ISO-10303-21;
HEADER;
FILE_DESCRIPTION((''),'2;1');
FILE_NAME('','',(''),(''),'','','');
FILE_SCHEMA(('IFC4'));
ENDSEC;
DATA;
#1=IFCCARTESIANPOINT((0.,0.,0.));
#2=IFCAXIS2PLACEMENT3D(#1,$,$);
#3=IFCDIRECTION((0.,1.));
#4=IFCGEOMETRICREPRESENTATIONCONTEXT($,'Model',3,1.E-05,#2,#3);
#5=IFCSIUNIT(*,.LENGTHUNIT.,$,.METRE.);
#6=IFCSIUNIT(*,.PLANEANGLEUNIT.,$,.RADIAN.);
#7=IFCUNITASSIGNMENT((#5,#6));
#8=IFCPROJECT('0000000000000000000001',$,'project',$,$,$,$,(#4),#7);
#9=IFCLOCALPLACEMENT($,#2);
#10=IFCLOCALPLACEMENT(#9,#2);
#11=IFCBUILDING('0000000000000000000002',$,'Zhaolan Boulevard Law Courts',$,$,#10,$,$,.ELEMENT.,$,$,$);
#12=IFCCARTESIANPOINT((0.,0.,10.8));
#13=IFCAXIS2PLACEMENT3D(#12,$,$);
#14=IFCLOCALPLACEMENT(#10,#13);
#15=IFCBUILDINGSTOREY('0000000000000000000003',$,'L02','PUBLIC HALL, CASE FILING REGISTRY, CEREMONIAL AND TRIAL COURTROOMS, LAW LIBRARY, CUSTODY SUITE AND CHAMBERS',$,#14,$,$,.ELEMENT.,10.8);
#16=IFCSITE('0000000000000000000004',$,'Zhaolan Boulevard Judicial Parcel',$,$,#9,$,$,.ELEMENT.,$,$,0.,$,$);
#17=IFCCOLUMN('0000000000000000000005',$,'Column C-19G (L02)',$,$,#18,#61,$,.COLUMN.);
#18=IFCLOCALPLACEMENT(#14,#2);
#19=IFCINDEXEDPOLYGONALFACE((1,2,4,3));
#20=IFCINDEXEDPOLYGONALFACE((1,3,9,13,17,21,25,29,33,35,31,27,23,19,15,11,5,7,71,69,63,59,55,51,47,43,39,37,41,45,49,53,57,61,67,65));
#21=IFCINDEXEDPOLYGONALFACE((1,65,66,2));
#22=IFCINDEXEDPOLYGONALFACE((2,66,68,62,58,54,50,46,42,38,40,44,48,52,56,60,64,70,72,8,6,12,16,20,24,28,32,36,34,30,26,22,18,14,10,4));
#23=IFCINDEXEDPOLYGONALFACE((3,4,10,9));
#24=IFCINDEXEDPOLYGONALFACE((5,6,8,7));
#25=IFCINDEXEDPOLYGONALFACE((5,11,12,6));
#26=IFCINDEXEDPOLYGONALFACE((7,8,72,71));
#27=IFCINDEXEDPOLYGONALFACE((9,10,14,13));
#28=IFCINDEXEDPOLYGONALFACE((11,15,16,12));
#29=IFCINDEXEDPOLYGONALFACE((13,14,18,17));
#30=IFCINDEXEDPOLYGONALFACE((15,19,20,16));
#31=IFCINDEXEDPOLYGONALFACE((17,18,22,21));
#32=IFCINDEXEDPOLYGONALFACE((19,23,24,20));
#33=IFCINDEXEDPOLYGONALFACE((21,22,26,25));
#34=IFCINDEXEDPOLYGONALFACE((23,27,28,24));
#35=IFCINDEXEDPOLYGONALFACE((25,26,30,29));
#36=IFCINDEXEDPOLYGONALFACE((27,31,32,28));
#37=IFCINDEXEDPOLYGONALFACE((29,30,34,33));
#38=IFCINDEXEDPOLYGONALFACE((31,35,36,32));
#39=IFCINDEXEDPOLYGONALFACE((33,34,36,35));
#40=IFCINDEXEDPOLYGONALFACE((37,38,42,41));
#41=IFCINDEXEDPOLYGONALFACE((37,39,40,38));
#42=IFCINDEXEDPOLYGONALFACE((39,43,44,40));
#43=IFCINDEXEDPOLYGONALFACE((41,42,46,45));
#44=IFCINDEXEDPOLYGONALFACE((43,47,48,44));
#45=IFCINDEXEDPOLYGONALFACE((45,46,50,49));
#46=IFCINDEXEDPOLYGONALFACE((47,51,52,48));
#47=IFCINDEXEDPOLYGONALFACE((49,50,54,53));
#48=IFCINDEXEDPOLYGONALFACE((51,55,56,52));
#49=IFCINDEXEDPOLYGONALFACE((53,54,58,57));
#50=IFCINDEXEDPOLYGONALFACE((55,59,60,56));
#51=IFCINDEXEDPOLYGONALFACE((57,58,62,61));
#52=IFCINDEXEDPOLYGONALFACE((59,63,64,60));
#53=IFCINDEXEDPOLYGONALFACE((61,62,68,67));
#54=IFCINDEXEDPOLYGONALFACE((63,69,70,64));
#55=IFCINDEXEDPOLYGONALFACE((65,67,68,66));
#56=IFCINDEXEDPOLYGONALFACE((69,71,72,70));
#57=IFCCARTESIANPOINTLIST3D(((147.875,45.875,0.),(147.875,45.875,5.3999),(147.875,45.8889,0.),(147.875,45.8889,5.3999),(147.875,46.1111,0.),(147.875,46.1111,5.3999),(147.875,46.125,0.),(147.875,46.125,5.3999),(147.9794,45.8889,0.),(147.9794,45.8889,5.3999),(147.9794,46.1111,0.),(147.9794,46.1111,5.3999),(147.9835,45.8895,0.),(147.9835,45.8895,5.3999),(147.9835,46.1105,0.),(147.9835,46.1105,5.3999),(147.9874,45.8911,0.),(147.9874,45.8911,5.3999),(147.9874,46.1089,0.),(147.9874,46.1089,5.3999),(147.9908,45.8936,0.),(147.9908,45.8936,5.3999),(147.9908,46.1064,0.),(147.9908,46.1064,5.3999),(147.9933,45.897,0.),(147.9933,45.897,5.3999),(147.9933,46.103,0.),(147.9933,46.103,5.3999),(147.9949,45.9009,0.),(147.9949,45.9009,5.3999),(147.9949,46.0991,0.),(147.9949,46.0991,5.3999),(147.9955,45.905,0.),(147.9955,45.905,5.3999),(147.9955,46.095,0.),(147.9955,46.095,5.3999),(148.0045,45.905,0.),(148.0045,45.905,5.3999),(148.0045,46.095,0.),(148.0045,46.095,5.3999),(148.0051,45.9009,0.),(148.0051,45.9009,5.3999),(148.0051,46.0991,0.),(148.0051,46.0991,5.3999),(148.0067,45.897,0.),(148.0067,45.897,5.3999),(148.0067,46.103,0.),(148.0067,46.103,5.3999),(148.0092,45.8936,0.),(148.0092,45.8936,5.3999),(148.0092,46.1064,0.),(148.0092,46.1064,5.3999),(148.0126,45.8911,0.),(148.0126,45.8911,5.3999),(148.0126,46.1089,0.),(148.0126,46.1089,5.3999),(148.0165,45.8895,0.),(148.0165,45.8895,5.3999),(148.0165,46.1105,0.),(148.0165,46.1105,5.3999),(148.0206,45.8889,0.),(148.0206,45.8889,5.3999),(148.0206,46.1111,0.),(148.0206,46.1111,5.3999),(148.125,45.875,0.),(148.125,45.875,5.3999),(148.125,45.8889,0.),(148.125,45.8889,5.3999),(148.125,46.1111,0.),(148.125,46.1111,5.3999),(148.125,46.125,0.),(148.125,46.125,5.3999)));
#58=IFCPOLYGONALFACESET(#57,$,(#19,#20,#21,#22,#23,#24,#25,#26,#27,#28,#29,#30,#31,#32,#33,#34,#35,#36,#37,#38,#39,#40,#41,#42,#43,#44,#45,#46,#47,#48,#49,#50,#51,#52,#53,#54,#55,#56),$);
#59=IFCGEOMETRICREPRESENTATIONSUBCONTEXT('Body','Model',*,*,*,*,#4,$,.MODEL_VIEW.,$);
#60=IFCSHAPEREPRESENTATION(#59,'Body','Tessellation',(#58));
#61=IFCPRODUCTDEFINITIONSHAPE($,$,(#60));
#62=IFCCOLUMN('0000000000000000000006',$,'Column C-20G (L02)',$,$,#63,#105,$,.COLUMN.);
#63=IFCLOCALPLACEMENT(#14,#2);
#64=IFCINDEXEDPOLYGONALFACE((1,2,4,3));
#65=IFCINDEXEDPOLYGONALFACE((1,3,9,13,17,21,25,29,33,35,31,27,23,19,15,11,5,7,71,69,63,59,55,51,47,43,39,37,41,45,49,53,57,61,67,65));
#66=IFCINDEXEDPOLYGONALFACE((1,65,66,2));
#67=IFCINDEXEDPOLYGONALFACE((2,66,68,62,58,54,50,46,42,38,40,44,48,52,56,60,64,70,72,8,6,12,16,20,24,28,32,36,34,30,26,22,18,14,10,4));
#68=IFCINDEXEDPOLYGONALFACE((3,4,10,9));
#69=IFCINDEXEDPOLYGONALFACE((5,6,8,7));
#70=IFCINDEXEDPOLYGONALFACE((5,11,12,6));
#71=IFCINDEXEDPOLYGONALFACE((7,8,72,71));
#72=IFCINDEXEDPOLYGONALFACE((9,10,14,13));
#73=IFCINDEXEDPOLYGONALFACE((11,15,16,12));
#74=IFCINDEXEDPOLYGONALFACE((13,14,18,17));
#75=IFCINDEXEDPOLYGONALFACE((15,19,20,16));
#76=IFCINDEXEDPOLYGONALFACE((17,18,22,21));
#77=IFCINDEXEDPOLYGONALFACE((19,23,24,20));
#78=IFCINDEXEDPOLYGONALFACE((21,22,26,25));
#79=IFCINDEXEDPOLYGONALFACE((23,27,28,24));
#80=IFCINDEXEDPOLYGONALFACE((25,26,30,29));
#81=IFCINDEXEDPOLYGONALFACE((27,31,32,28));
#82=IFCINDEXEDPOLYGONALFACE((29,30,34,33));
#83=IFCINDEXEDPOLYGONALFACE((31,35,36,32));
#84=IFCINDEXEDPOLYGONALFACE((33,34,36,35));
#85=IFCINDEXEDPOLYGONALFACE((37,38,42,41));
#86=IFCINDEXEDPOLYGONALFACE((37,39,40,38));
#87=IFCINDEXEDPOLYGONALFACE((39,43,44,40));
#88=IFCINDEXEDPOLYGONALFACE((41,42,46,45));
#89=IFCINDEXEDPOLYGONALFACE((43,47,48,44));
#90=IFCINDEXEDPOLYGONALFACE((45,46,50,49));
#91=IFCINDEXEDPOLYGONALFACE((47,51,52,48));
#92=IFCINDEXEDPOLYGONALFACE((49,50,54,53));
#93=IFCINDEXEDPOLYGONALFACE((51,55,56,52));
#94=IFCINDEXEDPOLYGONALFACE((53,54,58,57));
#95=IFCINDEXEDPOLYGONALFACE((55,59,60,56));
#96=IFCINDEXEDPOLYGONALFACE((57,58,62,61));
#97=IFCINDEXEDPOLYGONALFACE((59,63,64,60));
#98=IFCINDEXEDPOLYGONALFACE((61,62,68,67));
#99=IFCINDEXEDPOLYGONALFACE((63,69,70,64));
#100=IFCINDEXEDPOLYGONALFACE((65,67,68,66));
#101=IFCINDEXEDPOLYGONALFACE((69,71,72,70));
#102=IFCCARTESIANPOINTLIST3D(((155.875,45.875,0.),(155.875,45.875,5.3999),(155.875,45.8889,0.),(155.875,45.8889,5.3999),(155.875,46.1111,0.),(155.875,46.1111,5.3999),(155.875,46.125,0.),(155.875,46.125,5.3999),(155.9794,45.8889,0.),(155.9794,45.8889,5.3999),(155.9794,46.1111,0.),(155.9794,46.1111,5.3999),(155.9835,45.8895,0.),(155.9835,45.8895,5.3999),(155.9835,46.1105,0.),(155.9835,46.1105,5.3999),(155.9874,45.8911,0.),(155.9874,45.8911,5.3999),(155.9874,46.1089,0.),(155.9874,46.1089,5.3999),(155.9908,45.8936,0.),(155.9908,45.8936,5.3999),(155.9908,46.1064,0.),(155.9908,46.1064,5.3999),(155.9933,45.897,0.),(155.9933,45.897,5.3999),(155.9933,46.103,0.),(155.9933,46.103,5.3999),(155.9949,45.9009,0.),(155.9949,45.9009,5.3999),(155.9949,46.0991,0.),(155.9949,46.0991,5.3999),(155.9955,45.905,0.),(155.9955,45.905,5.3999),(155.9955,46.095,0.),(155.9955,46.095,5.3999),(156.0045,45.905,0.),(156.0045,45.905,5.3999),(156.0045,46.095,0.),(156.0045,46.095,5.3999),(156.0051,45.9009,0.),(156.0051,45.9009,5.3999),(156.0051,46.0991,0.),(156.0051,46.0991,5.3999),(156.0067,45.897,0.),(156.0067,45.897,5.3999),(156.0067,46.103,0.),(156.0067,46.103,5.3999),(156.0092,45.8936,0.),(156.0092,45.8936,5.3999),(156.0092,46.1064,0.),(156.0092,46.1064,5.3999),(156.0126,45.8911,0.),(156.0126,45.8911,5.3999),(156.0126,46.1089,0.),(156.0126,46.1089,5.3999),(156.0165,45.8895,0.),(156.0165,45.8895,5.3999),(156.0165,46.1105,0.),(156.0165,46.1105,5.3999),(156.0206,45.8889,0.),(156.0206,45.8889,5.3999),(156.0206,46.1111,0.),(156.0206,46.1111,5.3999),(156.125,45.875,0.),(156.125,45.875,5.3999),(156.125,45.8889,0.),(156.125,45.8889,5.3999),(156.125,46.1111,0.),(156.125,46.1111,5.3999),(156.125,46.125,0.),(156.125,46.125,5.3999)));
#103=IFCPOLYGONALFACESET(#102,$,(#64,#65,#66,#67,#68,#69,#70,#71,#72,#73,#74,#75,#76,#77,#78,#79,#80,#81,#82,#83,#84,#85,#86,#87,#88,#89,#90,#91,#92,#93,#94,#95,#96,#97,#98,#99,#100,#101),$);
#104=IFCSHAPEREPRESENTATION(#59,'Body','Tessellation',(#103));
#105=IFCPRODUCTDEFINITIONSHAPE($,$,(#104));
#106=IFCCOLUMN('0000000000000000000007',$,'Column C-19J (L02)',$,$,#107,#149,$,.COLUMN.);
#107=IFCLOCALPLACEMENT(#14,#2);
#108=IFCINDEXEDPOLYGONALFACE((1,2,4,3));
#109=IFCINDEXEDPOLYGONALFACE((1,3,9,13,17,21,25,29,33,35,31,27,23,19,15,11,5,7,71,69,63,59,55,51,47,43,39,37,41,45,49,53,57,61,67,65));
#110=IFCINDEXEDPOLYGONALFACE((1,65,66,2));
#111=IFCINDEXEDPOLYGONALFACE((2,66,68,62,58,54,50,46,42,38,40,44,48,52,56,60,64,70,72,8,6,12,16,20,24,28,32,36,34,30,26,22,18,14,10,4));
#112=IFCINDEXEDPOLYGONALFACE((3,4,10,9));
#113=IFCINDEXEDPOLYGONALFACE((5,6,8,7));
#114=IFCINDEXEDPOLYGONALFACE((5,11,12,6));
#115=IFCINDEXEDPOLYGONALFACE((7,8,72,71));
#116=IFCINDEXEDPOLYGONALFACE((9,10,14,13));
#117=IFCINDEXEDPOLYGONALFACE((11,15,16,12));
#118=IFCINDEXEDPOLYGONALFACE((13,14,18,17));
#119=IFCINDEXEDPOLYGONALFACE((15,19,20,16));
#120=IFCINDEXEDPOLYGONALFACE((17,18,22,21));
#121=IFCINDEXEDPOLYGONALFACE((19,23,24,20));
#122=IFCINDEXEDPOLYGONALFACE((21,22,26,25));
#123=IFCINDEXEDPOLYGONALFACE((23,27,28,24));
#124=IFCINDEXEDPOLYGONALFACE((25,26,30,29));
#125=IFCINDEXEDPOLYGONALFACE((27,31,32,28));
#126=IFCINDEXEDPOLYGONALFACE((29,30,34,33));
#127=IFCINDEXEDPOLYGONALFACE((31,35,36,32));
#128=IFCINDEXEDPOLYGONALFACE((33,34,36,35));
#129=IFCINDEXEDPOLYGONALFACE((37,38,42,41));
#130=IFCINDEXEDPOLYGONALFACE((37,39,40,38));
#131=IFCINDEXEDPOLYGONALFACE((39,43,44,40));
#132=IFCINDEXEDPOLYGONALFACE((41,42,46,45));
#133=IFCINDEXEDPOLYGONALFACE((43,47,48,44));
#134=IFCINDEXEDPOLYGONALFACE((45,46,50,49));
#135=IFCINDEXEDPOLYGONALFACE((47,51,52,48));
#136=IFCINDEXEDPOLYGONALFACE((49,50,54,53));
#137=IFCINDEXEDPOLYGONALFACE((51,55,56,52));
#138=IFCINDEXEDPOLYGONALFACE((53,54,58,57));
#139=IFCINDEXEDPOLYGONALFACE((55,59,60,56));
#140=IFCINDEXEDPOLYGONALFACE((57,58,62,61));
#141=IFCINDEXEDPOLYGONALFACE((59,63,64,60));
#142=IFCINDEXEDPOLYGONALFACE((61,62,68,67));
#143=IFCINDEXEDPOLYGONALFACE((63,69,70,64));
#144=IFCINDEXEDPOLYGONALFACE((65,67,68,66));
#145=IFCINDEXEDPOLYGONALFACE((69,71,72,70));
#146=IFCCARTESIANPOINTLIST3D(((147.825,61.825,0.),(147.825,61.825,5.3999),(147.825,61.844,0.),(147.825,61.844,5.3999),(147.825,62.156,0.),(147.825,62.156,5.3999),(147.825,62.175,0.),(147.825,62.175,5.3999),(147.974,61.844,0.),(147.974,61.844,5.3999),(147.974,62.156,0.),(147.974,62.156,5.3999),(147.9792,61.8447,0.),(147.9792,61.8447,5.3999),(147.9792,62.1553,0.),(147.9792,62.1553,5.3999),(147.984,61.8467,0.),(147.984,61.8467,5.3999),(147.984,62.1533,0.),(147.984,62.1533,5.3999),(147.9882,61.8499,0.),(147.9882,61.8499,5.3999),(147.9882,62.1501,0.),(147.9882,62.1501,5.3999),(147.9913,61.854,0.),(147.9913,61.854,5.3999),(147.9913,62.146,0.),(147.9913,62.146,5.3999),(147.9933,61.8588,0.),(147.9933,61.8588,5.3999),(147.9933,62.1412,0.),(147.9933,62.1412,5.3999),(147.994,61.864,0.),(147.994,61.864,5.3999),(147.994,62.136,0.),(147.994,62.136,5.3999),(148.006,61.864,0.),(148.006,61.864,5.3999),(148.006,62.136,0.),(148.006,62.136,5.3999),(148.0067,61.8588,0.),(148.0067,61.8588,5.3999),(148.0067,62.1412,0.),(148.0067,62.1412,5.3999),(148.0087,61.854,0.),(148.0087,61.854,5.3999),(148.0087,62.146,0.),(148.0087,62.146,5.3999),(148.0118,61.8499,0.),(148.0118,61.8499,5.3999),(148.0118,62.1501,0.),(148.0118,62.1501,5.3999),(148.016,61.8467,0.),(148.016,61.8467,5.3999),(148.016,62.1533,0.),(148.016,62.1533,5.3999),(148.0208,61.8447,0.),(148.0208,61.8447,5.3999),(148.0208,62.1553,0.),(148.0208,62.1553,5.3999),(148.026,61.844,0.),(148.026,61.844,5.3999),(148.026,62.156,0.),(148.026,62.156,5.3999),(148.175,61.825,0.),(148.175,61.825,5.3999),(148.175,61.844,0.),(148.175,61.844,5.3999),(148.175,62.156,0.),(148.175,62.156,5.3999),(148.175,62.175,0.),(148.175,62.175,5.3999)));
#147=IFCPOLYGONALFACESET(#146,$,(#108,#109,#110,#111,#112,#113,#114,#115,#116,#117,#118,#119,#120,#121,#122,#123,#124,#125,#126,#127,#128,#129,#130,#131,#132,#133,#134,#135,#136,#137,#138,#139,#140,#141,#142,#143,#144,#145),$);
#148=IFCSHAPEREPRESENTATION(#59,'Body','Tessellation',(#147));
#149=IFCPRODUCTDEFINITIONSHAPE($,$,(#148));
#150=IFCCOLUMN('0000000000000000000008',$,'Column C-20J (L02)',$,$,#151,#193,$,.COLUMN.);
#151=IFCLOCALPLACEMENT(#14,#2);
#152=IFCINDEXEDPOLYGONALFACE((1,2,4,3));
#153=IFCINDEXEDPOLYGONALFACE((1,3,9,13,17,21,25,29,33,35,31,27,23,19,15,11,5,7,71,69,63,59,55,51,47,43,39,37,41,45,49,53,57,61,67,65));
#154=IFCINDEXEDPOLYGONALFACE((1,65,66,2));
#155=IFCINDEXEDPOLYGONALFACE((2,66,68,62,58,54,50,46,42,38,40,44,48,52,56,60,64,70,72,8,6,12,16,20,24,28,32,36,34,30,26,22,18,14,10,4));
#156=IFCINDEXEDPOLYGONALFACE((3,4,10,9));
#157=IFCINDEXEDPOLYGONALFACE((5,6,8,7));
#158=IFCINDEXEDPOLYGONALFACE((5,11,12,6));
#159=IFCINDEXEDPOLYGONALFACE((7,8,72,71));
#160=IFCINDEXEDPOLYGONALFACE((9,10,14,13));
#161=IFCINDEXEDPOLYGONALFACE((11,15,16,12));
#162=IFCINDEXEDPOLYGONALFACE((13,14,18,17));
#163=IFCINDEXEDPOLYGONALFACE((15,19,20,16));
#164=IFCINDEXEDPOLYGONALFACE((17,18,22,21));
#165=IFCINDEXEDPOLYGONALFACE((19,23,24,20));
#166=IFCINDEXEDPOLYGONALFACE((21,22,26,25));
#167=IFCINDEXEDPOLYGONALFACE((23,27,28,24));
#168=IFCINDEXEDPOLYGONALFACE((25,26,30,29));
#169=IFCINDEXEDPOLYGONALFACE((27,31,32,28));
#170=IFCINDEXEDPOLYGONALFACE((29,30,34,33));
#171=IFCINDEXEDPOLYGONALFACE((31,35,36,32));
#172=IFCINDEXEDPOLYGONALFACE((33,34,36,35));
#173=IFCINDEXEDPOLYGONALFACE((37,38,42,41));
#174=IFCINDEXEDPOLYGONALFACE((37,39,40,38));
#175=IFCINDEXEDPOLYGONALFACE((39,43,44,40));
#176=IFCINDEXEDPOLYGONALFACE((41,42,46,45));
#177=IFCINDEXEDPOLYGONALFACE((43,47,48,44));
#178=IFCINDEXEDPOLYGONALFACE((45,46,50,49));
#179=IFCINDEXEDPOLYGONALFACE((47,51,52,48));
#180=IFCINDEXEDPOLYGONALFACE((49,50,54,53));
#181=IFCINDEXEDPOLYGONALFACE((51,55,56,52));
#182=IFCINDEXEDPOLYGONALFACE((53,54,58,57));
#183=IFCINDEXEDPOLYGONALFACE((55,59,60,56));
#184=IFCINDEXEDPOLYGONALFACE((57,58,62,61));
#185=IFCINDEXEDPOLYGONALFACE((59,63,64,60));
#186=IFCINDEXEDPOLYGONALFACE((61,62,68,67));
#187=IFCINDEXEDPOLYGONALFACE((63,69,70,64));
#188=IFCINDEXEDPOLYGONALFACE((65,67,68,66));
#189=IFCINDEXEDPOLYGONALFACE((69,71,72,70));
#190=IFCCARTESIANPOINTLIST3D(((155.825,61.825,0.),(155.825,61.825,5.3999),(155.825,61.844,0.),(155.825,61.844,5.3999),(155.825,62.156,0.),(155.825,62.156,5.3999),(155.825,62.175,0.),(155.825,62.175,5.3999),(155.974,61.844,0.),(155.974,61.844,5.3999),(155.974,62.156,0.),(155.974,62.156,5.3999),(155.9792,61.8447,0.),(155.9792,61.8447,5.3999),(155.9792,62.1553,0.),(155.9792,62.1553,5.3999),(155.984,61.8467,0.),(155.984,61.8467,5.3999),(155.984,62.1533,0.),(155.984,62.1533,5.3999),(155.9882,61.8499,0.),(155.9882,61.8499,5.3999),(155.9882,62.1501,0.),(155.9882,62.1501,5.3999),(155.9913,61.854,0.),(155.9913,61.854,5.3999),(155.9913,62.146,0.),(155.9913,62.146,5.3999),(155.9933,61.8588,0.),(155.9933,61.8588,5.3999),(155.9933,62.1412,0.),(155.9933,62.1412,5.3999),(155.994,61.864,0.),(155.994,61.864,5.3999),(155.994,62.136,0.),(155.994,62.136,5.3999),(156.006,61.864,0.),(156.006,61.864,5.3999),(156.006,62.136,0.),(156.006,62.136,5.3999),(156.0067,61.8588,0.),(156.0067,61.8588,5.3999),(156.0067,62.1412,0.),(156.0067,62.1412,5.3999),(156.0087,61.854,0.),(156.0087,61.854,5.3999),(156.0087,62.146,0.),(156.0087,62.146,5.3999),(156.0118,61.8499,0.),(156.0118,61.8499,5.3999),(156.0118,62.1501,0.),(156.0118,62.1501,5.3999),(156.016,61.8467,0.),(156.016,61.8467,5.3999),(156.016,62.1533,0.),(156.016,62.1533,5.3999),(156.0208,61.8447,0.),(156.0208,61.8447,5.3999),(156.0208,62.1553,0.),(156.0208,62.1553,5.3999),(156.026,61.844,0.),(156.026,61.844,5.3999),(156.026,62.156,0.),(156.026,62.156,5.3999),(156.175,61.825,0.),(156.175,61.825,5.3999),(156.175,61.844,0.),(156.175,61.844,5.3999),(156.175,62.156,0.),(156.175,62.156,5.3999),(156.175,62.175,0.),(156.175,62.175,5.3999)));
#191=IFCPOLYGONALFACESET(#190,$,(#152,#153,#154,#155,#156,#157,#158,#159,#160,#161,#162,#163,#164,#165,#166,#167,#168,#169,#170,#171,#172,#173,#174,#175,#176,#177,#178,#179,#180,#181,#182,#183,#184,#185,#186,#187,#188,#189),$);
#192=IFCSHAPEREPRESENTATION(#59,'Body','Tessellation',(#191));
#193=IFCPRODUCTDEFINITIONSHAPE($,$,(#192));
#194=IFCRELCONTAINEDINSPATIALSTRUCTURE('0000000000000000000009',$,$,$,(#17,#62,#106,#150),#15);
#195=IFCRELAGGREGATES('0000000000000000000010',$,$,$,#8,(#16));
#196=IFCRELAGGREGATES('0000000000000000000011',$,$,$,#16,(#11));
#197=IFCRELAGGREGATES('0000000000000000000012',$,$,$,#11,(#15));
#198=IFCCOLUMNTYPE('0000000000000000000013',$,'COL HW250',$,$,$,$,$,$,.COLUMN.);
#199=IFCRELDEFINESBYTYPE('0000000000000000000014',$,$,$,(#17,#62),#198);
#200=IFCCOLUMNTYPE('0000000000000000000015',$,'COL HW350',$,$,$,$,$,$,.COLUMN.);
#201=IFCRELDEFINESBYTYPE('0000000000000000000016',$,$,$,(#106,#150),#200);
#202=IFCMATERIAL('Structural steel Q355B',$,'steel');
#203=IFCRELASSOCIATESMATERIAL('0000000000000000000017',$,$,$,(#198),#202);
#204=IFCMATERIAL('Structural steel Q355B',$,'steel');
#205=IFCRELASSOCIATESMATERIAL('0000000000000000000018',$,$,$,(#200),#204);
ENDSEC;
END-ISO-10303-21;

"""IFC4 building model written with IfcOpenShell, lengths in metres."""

from ifc_helpers import new_model, si_unit, direction, frame, origin, origin_2d, place, context, subcontext, project, spatial, i_section, extrude, material, material_profile, profile_set, type_object, element, save


model = new_model("IFC4")

# Units and contexts
model_context = context("Model", 3, precision=1e-05, world=origin(), true_north=direction((0.0, 1.0)))
body_context = subcontext(model_context, "Body", "Model", "MODEL_VIEW")
ifc_project = project(units=[si_unit("LENGTHUNIT", "METRE"), si_unit("PLANEANGLEUNIT", "RADIAN")], contexts=[model_context])

# Site, building, storey
site_placement = place(None, origin())
site = spatial("IfcSite", under=ifc_project, at=site_placement, Name="Zhaolan Boulevard Judicial Parcel", CompositionType="ELEMENT", RefElevation=0.0)
building_placement = place(site_placement, origin())
building = spatial("IfcBuilding", under=site, at=building_placement, Name="Zhaolan Boulevard Law Courts", CompositionType="ELEMENT")
storey_placement = place(building_placement, frame((0.0, 0.0, 10.8)))
storey = spatial("IfcBuildingStorey", under=building, at=storey_placement, Name="L02", Description="PUBLIC HALL, CASE FILING REGISTRY, CEREMONIAL AND TRIAL COURTROOMS, LAW LIBRARY, CUSTODY SUITE AND CHAMBERS", CompositionType="ELEMENT", Elevation=10.8)

# Columns
ifc_material_1 = material(Name="Structural steel Q355B", Category="steel")
ifc_material_profile_1 = material_profile(ifc_material_1, i_section(OverallWidth=0.25, OverallDepth=0.25, WebThickness=0.009, FlangeThickness=0.0139, FilletRadius=0.0161, at=origin_2d()), Name="HW250x250")
ifc_profile_set_1 = profile_set([ifc_material_profile_1], Name="Structural steel Q355B")
column_type_1 = type_object("IfcColumnType", Name="COL HW250", PredefinedType="COLUMN", material=ifc_profile_set_1)
for number, where, z_axis, x_axis, name in (
    (1, (148.0, 46.0, 0.0), (0.0, 0.0, 1.0), (1.0, 0.0, 0.0), "Column C-19G (L02)"),
    (2, (156.0, 46.0, 0.0), (0.0, 0.0, 1.0), (1.0, 0.0, 0.0), "Column C-20G (L02)"),
):
    element("IfcColumn", number, at=place(storey_placement, frame(where, z_axis=z_axis, x_axis=x_axis)), inside=storey, type_object=column_type_1, Name=name, PredefinedType="COLUMN", context=body_context, shape_type="SweptSolid", body=[
        extrude(i_section(OverallWidth=0.25, OverallDepth=0.25, WebThickness=0.009, FlangeThickness=0.0139, FilletRadius=0.0161, at=origin_2d()), origin(), (0.0, 0.0, 1.0), 5.3999),
    ])
ifc_material_2 = material(Name="Structural steel Q355B", Category="steel")
ifc_material_profile_2 = material_profile(ifc_material_2, i_section(OverallWidth=0.3501, OverallDepth=0.3501, WebThickness=0.012, FlangeThickness=0.019, FilletRadius=0.02, at=origin_2d()), Name="HW350x350")
ifc_profile_set_2 = profile_set([ifc_material_profile_2], Name="Structural steel Q355B")
column_type_2 = type_object("IfcColumnType", Name="COL HW350", PredefinedType="COLUMN", material=ifc_profile_set_2)
for number, where, z_axis, x_axis, name in (
    (3, (148.0, 62.0, 0.0), (0.0, 0.0, 1.0), (1.0, 0.0, 0.0), "Column C-19J (L02)"),
    (4, (156.0, 62.0, 0.0), (0.0, 0.0, 1.0), (1.0, 0.0, 0.0), "Column C-20J (L02)"),
):
    element("IfcColumn", number, at=place(storey_placement, frame(where, z_axis=z_axis, x_axis=x_axis)), inside=storey, type_object=column_type_2, Name=name, PredefinedType="COLUMN", context=body_context, shape_type="SweptSolid", body=[
        extrude(i_section(OverallWidth=0.3501, OverallDepth=0.3501, WebThickness=0.012, FlangeThickness=0.019, FilletRadius=0.02, at=origin_2d()), origin(), (0.0, 0.0, 1.0), 5.3999),
    ])

save(model, "model.ifc")
